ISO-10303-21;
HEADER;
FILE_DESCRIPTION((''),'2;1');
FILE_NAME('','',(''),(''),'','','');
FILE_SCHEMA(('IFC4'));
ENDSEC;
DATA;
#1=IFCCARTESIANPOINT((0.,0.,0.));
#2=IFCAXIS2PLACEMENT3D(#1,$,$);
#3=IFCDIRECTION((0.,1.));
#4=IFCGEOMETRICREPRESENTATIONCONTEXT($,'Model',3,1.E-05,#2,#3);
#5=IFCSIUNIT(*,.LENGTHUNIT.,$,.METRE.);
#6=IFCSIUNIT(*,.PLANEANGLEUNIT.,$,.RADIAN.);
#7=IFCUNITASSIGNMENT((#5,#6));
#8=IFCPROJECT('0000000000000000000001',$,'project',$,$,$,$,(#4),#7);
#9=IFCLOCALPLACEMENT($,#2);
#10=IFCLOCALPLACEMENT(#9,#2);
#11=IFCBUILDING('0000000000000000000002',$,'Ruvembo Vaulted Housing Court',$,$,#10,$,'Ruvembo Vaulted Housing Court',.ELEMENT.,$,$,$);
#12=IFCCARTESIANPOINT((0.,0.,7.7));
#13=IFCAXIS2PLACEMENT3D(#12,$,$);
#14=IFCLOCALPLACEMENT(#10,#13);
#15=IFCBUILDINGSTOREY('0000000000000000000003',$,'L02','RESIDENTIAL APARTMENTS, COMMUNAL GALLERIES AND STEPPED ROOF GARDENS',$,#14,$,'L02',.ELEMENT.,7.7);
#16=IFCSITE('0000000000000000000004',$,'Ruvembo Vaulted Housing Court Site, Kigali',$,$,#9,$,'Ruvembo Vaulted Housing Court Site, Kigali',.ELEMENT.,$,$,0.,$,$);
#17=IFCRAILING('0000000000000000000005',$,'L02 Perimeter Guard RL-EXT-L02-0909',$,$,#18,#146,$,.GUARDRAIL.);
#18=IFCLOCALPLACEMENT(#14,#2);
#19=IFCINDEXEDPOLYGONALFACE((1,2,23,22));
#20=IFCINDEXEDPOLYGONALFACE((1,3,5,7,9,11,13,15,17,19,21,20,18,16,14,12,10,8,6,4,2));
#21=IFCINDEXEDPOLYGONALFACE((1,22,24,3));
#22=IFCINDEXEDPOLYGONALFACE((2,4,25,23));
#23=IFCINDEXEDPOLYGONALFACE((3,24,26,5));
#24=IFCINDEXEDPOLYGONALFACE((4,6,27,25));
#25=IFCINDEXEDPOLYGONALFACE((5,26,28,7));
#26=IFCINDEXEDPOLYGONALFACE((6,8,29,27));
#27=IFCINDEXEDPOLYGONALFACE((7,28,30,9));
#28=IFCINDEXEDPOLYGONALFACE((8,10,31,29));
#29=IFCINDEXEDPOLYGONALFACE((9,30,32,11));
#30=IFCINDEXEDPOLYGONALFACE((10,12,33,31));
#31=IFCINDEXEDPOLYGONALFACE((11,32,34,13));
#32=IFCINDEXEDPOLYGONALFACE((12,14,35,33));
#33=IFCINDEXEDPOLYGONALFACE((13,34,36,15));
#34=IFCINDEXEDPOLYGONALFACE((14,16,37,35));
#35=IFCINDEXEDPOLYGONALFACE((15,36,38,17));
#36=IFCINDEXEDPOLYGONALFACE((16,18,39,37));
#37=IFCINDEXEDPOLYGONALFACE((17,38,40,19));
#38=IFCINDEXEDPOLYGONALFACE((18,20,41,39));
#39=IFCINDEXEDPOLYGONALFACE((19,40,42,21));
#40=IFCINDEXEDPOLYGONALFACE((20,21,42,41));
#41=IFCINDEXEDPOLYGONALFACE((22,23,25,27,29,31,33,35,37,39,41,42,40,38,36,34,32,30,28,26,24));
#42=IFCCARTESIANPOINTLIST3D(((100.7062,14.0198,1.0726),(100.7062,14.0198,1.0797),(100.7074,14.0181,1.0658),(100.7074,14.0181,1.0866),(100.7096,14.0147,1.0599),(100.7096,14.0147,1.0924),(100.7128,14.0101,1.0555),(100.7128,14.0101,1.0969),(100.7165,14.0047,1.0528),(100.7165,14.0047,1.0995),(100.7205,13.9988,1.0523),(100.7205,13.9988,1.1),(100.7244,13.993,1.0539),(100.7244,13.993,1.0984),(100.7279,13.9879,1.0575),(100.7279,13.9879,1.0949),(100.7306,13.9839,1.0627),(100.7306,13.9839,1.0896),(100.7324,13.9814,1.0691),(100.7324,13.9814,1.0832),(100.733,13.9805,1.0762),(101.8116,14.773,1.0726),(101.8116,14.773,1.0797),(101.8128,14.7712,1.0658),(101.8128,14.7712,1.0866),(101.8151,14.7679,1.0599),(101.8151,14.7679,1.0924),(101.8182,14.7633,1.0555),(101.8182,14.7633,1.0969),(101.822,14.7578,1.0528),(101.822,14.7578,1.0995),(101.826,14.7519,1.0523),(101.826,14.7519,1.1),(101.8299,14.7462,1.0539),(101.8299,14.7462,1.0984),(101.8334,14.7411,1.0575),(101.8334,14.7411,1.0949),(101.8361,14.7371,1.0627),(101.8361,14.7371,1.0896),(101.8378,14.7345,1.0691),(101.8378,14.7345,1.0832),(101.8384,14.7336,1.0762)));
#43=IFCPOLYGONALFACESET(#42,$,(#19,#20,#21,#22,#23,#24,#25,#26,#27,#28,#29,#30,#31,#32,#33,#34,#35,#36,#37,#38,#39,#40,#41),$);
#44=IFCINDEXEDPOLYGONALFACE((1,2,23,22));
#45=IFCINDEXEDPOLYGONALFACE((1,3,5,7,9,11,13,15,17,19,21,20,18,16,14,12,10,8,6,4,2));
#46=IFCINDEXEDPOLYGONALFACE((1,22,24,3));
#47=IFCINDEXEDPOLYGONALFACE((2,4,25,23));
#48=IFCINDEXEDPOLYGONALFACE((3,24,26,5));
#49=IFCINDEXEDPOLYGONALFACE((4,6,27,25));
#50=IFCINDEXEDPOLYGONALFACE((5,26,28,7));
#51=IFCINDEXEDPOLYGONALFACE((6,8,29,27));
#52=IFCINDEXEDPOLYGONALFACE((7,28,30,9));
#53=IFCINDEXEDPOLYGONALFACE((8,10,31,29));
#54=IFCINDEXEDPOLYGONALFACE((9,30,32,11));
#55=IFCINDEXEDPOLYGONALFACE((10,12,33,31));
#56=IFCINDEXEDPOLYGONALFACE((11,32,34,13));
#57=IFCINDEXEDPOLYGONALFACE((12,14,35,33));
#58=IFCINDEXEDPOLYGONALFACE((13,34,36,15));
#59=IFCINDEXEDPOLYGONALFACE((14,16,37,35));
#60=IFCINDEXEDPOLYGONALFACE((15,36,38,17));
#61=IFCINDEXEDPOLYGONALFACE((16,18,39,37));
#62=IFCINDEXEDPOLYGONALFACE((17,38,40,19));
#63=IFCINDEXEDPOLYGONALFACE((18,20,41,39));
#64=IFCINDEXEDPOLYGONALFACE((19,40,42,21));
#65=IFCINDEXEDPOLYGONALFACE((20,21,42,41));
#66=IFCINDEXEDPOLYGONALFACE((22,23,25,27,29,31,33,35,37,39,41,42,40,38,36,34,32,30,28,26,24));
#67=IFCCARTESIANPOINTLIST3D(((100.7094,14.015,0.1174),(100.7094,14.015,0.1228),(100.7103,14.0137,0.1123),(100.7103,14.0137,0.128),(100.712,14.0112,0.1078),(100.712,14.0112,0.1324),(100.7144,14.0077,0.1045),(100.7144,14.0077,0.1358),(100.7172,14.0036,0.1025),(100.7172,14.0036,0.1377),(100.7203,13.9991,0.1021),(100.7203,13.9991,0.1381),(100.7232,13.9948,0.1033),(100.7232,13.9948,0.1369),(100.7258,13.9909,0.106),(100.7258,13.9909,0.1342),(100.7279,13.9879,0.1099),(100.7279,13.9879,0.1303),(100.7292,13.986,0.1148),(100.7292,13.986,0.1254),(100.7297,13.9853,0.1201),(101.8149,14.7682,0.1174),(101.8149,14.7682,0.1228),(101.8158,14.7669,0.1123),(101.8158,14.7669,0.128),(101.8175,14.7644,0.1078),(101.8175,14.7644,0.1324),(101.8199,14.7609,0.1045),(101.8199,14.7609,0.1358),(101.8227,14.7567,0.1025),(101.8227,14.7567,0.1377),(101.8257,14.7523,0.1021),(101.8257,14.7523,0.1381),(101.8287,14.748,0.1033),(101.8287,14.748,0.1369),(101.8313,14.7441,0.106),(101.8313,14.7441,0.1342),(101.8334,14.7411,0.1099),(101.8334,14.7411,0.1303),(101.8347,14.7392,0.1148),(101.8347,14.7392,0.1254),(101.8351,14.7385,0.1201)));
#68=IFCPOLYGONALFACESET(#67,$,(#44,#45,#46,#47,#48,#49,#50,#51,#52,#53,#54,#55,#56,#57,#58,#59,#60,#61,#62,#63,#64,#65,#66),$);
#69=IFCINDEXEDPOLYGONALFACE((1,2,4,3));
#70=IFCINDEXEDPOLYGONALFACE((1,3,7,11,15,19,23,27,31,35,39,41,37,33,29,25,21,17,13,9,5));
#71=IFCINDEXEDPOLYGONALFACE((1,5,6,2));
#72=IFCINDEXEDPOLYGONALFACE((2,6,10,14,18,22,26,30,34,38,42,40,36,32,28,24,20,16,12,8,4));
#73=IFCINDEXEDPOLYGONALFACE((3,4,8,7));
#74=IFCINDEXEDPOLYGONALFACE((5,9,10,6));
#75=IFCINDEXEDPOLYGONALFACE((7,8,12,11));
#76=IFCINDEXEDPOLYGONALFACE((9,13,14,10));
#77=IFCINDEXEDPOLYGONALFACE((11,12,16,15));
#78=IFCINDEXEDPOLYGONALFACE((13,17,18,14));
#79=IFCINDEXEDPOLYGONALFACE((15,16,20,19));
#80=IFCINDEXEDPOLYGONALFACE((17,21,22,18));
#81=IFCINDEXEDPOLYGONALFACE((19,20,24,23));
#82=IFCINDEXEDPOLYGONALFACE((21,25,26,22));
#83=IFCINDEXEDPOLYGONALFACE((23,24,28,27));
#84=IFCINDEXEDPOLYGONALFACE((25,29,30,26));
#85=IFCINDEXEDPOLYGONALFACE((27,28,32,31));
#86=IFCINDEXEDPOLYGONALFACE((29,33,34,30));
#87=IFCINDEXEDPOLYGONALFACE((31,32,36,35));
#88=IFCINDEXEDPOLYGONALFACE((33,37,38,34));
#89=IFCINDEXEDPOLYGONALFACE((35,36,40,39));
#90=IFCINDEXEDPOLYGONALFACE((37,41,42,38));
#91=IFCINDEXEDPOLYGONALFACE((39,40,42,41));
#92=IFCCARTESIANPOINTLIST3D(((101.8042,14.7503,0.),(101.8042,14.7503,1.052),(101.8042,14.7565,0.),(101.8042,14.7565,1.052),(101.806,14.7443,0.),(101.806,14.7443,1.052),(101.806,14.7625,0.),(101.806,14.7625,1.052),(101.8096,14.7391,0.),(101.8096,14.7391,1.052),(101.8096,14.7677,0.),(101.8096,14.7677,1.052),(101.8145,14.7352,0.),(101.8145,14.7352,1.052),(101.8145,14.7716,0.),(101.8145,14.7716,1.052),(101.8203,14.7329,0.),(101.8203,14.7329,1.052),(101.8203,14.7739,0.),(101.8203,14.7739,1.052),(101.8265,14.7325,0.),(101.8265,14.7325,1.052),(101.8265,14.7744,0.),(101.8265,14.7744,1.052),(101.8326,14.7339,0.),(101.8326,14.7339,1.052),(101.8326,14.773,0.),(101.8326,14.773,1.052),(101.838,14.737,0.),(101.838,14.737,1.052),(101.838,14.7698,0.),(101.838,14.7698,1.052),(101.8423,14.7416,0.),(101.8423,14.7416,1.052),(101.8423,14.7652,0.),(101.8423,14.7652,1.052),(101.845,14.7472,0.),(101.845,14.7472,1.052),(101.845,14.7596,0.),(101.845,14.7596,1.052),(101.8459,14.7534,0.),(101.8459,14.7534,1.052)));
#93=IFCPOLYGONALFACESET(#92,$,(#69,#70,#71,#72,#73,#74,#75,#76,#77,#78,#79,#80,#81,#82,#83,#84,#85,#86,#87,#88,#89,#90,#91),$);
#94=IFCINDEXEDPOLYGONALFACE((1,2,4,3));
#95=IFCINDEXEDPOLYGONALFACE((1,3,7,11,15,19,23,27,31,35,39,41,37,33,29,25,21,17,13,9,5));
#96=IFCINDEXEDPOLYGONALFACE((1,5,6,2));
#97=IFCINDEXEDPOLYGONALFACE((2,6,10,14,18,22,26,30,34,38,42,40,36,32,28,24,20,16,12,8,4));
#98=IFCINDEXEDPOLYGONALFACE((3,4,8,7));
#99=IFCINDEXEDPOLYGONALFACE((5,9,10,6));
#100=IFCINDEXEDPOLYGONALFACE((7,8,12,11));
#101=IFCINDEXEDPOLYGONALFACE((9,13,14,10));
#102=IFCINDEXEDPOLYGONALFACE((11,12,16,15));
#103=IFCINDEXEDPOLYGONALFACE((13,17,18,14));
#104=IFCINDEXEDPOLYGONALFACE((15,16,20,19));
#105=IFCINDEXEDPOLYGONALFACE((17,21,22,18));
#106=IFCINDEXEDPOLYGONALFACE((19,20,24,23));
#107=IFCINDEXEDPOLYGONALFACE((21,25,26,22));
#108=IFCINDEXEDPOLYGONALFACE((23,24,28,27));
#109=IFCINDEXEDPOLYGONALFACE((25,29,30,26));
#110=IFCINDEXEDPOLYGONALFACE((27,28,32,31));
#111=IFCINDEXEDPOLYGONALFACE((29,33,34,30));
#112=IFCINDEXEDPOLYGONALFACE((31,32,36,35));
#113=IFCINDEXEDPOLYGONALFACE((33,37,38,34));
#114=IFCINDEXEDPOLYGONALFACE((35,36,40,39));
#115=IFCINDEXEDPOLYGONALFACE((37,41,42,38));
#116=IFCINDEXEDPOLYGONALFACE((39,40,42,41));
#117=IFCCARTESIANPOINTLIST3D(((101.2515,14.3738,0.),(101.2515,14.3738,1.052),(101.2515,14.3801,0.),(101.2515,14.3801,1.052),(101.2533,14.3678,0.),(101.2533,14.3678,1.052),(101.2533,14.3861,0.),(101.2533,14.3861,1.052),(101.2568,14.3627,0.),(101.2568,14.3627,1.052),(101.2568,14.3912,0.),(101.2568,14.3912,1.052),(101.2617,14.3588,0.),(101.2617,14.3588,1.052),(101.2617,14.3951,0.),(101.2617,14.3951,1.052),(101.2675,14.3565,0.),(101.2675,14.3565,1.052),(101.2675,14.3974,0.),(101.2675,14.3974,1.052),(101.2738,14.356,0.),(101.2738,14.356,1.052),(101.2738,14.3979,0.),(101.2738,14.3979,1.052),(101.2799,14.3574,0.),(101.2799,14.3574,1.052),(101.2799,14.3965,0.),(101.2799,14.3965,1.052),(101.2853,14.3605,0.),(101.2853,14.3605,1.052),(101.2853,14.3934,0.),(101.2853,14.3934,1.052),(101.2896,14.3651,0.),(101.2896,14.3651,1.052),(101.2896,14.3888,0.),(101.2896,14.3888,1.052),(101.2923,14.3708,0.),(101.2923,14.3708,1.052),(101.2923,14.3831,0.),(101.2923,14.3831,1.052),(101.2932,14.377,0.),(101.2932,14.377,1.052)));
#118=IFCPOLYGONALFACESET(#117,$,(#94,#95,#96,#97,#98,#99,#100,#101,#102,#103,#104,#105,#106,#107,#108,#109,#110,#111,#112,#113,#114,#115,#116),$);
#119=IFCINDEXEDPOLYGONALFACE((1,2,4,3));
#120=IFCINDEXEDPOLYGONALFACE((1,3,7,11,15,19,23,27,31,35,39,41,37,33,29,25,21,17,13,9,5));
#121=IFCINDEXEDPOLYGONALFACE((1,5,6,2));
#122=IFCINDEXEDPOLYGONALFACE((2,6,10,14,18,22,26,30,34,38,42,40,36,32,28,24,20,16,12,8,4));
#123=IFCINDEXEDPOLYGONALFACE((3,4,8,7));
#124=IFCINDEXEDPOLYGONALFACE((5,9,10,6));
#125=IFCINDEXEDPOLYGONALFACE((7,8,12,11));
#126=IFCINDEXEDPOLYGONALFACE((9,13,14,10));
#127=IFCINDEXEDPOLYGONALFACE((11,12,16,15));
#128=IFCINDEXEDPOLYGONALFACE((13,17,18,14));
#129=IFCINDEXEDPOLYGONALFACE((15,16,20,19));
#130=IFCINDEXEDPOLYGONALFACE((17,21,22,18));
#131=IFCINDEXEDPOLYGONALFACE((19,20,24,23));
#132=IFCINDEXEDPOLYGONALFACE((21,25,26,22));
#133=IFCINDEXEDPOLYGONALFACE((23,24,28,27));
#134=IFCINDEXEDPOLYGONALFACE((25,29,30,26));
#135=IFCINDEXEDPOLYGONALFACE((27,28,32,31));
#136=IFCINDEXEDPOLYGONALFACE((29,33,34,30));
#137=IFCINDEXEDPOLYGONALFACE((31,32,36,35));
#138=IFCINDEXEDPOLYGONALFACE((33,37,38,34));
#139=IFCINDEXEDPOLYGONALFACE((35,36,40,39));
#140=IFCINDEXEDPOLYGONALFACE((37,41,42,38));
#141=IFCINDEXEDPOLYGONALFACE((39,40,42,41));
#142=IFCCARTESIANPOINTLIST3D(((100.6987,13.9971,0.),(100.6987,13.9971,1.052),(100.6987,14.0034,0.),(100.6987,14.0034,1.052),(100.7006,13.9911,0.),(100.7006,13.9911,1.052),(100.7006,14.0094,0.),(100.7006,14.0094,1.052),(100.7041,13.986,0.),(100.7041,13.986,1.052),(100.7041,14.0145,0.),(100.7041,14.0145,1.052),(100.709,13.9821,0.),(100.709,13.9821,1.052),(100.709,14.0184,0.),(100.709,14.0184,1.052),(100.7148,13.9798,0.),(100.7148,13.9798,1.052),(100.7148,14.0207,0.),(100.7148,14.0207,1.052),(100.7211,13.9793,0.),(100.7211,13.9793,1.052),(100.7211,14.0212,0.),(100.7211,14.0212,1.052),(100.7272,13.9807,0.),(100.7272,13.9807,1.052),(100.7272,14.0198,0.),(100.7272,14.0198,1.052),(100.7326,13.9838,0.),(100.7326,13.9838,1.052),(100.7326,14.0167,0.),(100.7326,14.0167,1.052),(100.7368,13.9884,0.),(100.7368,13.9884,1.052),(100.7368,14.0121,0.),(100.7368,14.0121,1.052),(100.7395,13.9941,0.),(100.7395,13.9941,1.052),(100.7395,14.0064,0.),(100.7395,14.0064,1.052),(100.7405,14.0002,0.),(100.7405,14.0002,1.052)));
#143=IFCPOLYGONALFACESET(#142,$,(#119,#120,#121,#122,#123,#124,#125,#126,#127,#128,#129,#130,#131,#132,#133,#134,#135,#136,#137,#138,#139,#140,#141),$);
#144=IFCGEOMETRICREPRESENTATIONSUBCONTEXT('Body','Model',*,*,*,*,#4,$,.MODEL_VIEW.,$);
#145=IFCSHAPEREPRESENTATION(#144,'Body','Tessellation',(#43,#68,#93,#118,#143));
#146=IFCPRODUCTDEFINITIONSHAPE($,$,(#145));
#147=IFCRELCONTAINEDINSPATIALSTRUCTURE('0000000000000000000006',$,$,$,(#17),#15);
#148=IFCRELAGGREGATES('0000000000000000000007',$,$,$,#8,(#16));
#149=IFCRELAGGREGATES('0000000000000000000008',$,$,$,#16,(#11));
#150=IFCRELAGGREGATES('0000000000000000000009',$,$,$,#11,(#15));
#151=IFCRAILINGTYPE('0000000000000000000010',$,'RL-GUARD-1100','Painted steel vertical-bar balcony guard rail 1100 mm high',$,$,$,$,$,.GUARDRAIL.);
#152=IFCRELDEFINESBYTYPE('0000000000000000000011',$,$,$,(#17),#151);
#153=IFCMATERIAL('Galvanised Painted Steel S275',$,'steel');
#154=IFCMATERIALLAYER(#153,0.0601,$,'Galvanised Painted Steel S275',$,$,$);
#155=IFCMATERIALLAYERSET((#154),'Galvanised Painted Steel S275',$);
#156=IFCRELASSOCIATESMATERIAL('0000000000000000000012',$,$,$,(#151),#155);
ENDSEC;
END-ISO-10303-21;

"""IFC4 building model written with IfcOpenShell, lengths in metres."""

from ifc_helpers import new_model, si_unit, direction, frame, origin, origin_2d, place, context, subcontext, project, spatial, circle, extrude, material, layer, layer_set, type_object, element, save


model = new_model("IFC4")

# Units and contexts
model_context = context("Model", 3, precision=1e-05, world=origin(), true_north=direction((0.0, 1.0)))
body_context = subcontext(model_context, "Body", "Model", "MODEL_VIEW")
ifc_project = project(units=[si_unit("LENGTHUNIT", "METRE"), si_unit("PLANEANGLEUNIT", "RADIAN")], contexts=[model_context])

# Site, building, storey
site_placement = place(None, origin())
site = spatial("IfcSite", under=ifc_project, at=site_placement, Name="Ruvembo Vaulted Housing Court Site, Kigali", LongName="Ruvembo Vaulted Housing Court Site, Kigali", CompositionType="ELEMENT", RefElevation=0.0)
building_placement = place(site_placement, origin())
building = spatial("IfcBuilding", under=site, at=building_placement, Name="Ruvembo Vaulted Housing Court", LongName="Ruvembo Vaulted Housing Court", CompositionType="ELEMENT")
storey_placement = place(building_placement, frame((0.0, 0.0, 7.7)))
storey = spatial("IfcBuildingStorey", under=building, at=storey_placement, Name="L02", Description="RESIDENTIAL APARTMENTS, COMMUNAL GALLERIES AND STEPPED ROOF GARDENS", LongName="L02", CompositionType="ELEMENT", Elevation=7.7)

# Railing
ifc_material_1 = material(Name="Galvanised Painted Steel S275", Category="steel")
ifc_layer_1 = layer(ifc_material_1, 0.0601, Name="Galvanised Painted Steel S275")
ifc_layer_set_1 = layer_set([ifc_layer_1], Name="Galvanised Painted Steel S275")
railing_type_1 = type_object("IfcRailingType", Name="RL-GUARD-1100", Description="Painted steel vertical-bar balcony guard rail 1100 mm high", PredefinedType="GUARDRAIL", material=ifc_layer_set_1)
railing_1_placement = place(storey_placement, frame((101.825, 14.7534, 0.0)))
element("IfcRailing", 1, at=railing_1_placement, inside=storey, type_object=railing_type_1, Name="L02 Perimeter Guard RL-EXT-L02-0909", PredefinedType="GUARDRAIL", context=body_context, shape_type="SweptSolid", body=[
    extrude(circle(Radius=0.0239, at=origin_2d()), frame((0.0, 0.0, 1.0762), z_axis=(-0.82642, -0.563054, 0.0), x_axis=(0.563054, -0.82642, 0.0)), (0.0, 0.0, 1.0), 1.3376),
    extrude(circle(Radius=0.0181, at=origin_2d()), frame((0.0, 0.0, 0.1201), z_axis=(-0.82642, -0.563054, 0.0), x_axis=(0.563054, -0.82642, 0.0)), (0.0, 0.0, 1.0), 1.3376),
    extrude(circle(Radius=0.021, at=origin_2d()), origin(), (0.0, 0.0, 1.0), 1.052),
    extrude(circle(Radius=0.021, at=origin_2d()), frame((-0.5527, -0.3765, 0.0)), (0.0, 0.0, 1.0), 1.052),
    extrude(circle(Radius=0.021, at=origin_2d()), frame((-1.1055, -0.7532, 0.0)), (0.0, 0.0, 1.0), 1.052),
])

save(model, "model.ifc")
